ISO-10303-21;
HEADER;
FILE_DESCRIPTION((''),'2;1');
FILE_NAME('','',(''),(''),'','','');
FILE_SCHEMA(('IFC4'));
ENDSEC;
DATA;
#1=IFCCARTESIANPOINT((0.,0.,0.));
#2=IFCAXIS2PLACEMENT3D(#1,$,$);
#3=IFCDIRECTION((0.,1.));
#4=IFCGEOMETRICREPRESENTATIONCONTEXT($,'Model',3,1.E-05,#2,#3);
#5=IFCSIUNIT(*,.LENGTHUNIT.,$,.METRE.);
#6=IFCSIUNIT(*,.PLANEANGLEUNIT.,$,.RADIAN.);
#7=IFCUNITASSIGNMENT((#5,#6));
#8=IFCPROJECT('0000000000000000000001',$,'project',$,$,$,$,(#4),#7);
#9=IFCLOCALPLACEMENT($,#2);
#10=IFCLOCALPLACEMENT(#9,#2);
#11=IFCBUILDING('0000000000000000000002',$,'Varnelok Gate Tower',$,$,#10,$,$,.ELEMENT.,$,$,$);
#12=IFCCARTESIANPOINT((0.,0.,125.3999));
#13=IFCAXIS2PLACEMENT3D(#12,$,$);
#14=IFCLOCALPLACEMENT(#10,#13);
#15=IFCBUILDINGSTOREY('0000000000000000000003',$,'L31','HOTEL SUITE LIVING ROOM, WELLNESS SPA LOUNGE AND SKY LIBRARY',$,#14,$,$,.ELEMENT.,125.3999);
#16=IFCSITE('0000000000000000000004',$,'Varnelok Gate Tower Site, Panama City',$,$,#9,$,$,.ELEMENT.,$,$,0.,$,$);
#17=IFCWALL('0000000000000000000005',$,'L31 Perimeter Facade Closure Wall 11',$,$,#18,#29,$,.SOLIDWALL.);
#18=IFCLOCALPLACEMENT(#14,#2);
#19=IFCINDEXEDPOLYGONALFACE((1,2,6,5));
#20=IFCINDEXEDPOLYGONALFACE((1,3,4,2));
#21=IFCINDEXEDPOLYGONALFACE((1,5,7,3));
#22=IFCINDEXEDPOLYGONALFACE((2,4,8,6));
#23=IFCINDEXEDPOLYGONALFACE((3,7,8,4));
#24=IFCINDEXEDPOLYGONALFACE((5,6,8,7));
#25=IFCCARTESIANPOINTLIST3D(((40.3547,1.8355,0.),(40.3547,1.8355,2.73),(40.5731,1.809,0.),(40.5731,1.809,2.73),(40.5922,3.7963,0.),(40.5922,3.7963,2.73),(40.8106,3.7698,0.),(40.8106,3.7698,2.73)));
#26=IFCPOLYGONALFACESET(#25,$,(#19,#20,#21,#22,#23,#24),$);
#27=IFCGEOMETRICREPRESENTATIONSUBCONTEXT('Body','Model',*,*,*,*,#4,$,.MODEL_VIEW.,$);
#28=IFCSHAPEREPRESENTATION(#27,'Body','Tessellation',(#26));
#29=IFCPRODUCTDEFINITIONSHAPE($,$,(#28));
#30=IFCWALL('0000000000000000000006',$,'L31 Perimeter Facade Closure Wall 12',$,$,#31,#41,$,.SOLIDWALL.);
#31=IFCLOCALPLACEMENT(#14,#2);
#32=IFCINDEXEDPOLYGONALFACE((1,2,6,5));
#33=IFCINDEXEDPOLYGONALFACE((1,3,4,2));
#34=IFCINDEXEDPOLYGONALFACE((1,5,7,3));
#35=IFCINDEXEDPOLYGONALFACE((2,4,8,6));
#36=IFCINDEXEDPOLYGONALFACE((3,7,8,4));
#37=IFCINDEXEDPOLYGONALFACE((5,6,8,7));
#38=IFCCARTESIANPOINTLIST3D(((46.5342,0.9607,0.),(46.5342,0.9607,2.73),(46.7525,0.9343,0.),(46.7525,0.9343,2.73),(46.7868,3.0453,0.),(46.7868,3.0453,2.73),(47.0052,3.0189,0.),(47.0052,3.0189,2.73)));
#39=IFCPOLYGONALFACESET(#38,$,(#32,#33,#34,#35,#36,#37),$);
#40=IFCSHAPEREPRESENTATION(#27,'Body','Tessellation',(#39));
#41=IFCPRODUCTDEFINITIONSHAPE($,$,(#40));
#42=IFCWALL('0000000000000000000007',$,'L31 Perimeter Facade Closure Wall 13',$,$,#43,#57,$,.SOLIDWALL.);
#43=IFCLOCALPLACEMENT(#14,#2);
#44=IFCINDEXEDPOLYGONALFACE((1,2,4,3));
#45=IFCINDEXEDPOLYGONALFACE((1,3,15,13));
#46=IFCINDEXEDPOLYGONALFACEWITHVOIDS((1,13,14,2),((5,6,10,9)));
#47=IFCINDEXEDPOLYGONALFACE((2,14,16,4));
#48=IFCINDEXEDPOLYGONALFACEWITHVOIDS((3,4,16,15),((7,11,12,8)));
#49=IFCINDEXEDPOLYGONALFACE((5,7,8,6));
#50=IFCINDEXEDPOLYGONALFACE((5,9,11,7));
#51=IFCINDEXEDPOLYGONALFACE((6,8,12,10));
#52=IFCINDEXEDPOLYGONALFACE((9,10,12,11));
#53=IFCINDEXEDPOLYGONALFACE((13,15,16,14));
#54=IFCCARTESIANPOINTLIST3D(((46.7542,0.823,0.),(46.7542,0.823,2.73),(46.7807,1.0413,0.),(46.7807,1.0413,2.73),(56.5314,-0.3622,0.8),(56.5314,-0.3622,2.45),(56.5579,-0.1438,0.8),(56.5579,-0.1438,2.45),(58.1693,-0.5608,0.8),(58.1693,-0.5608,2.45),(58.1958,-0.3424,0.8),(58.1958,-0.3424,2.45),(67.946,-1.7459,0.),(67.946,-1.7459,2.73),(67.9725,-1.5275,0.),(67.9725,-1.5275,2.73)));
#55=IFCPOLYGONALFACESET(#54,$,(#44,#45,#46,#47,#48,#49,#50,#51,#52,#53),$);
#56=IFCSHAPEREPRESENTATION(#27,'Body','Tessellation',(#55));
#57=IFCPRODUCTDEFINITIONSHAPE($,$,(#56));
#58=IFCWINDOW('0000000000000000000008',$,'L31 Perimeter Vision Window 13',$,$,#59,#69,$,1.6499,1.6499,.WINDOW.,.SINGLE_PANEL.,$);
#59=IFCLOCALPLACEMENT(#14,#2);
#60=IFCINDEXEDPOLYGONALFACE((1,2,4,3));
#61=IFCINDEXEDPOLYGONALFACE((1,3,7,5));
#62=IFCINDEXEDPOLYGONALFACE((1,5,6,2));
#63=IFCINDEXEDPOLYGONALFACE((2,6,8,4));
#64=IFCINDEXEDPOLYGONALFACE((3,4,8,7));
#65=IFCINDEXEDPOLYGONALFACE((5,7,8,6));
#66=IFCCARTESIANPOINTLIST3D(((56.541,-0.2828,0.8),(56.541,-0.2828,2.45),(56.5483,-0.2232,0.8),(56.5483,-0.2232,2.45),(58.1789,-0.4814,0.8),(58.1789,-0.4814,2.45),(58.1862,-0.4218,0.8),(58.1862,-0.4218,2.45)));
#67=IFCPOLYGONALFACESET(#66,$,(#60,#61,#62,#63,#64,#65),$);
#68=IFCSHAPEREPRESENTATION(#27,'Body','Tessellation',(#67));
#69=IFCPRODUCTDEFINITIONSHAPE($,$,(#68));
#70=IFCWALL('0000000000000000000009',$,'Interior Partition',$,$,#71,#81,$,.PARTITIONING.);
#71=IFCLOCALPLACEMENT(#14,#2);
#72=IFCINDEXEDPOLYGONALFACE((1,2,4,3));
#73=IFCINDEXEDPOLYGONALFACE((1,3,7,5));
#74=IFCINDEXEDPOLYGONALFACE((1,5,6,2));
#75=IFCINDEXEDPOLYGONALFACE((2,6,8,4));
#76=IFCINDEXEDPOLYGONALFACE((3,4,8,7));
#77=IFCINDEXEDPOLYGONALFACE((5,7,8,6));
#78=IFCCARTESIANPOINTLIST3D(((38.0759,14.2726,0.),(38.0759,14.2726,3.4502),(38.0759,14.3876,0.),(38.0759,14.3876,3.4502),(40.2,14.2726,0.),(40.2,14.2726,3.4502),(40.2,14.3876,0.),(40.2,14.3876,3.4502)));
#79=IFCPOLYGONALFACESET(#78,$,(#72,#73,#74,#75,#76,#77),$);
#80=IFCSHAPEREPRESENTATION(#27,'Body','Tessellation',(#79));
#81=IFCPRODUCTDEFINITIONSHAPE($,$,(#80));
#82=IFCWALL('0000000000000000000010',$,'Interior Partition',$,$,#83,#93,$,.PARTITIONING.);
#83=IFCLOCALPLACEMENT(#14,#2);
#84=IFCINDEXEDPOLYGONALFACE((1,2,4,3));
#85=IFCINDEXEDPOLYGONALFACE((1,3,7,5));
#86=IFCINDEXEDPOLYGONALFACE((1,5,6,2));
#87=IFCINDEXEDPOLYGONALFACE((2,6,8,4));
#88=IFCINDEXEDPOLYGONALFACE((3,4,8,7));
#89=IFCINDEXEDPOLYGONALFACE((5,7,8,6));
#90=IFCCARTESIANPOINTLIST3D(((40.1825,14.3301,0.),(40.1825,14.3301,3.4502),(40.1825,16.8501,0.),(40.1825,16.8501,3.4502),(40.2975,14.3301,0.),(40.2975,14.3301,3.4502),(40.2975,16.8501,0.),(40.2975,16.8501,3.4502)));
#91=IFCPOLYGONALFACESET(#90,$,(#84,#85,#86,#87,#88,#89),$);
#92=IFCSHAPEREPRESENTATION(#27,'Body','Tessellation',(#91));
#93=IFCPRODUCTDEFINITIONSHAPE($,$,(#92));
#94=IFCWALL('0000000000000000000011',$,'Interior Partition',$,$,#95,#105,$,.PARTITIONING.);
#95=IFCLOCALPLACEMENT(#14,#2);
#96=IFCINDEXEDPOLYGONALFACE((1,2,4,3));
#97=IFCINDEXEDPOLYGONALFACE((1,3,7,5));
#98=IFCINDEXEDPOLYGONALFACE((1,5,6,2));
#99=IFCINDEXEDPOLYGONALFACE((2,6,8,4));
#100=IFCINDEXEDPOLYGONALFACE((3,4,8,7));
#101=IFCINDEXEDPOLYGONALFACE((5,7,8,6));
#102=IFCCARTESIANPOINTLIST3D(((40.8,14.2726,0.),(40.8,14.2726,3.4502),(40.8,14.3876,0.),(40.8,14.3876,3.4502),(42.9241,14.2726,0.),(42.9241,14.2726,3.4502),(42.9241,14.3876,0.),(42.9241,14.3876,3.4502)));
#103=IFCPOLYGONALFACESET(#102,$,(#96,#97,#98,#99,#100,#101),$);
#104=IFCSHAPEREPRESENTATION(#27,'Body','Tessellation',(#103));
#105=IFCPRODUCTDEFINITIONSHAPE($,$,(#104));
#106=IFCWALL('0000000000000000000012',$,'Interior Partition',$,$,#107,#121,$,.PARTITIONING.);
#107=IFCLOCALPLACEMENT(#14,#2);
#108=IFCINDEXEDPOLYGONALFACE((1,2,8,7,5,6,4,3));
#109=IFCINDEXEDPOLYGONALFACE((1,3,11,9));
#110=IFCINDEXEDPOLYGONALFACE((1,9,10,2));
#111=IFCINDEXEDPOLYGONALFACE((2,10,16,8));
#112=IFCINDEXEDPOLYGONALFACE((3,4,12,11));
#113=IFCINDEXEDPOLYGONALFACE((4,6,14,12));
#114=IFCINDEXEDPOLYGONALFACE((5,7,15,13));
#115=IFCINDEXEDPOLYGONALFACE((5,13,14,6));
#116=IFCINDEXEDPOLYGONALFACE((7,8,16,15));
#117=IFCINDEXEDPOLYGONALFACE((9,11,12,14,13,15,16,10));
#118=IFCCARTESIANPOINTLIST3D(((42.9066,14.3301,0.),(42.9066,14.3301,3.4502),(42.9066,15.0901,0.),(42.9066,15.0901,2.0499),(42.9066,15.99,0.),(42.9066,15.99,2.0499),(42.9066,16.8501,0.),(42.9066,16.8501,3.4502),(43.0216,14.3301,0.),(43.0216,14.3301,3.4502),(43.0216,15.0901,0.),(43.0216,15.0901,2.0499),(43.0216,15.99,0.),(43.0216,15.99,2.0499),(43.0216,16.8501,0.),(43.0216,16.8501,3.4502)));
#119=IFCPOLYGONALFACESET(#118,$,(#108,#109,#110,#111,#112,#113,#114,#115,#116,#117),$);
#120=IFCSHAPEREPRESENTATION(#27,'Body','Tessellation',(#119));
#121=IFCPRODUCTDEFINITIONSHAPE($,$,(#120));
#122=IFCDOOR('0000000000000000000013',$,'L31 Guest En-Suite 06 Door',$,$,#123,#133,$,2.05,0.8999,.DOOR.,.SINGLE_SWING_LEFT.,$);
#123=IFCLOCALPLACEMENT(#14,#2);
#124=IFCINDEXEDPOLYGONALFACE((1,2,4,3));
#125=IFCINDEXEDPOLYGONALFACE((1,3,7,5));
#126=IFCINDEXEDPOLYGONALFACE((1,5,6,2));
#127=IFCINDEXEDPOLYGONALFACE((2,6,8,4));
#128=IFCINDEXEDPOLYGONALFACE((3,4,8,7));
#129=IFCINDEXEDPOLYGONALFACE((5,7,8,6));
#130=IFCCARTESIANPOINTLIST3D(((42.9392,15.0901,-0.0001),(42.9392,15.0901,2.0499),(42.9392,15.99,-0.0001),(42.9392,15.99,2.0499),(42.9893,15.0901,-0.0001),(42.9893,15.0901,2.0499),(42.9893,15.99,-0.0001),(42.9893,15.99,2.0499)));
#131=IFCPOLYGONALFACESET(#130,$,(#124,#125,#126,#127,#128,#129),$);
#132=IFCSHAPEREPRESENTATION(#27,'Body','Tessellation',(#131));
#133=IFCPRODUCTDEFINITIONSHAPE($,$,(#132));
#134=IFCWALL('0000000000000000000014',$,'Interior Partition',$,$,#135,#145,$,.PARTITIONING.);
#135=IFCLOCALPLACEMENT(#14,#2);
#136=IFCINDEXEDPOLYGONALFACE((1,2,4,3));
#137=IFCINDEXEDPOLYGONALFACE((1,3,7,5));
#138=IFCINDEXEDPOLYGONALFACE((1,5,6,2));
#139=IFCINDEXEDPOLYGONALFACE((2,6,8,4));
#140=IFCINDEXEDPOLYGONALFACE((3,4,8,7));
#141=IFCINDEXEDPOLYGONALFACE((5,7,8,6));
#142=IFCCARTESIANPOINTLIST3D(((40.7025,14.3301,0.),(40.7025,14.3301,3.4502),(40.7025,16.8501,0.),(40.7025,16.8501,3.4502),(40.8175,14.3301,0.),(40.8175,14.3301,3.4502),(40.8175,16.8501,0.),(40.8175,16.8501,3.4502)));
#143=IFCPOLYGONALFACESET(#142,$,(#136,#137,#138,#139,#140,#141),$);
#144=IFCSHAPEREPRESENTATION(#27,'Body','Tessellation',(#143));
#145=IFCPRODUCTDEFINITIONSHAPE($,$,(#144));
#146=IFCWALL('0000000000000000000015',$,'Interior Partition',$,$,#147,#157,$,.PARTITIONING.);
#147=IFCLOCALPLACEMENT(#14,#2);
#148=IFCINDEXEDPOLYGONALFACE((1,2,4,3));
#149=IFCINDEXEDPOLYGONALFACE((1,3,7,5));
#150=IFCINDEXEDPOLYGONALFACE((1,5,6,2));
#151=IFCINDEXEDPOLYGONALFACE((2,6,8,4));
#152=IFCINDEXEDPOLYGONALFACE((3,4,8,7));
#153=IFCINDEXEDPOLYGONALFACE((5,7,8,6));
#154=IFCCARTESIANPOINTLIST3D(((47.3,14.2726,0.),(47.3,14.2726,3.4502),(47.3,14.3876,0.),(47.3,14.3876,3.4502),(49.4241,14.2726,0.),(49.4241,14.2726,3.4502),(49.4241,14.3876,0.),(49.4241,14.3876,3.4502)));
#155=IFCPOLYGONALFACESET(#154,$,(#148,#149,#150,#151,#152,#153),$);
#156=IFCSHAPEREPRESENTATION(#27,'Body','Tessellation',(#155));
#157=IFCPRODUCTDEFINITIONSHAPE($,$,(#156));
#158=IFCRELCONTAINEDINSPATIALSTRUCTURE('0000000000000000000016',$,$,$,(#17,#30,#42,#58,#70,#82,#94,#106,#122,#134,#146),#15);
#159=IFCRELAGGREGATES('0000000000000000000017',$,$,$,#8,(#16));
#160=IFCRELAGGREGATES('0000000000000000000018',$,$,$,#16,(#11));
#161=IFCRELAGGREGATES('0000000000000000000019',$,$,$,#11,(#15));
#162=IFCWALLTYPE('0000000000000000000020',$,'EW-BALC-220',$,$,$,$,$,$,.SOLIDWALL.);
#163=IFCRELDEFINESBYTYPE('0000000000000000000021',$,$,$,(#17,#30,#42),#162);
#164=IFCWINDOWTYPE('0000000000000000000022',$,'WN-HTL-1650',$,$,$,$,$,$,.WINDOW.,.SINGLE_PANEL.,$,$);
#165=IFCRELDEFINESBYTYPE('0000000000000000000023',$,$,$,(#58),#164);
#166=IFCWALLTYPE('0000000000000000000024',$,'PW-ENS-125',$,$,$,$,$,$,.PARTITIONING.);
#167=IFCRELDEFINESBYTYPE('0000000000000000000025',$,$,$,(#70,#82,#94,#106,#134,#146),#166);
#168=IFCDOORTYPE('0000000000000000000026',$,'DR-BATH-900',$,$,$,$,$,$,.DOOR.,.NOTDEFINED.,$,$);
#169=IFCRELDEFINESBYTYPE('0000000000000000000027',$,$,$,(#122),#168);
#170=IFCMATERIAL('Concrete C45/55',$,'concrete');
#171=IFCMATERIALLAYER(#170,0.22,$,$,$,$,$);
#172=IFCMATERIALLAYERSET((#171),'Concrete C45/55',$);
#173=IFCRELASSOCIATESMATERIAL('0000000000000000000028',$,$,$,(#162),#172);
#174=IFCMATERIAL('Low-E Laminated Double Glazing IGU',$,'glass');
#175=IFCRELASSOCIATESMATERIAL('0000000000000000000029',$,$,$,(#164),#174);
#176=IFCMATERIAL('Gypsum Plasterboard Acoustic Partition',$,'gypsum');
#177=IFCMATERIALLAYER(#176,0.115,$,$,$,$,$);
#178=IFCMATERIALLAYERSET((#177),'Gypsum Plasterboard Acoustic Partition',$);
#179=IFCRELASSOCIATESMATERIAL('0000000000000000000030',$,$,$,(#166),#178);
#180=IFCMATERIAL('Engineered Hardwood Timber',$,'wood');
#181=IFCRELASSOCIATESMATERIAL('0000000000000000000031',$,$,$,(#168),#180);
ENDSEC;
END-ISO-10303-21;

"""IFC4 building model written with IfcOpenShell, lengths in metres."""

from ifc_helpers import new_model, si_unit, direction, frame, frame_2d, origin, place, context, subcontext, project, spatial, rectangle, extrude, material, layer, layer_set, type_object, element, fill, save


model = new_model("IFC4")

# Units and contexts
model_context = context("Model", 3, precision=1e-05, world=origin(), true_north=direction((0.0, 1.0)))
body_context = subcontext(model_context, "Body", "Model", "MODEL_VIEW")
ifc_project = project(units=[si_unit("LENGTHUNIT", "METRE"), si_unit("PLANEANGLEUNIT", "RADIAN")], contexts=[model_context])

# Site, building, storey
site_placement = place(None, origin())
site = spatial("IfcSite", under=ifc_project, at=site_placement, Name="Varnelok Gate Tower Site, Panama City", CompositionType="ELEMENT", RefElevation=0.0)
building_placement = place(site_placement, origin())
building = spatial("IfcBuilding", under=site, at=building_placement, Name="Varnelok Gate Tower", CompositionType="ELEMENT")
storey_placement = place(building_placement, frame((0.0, 0.0, 125.3999)))
storey = spatial("IfcBuildingStorey", under=building, at=storey_placement, Name="L31", Description="HOTEL SUITE LIVING ROOM, WELLNESS SPA LOUNGE AND SKY LIBRARY", CompositionType="ELEMENT", Elevation=125.3999)

# Shared definitions
ifc_material_1 = material(Name="Concrete C45/55", Category="concrete")
ifc_layer_1 = layer(ifc_material_1, 0.22)
ifc_layer_set_1 = layer_set([ifc_layer_1], Name="Concrete C45/55")
wall_type_1 = type_object("IfcWallType", Name="EW-BALC-220", PredefinedType="SOLIDWALL", material=ifc_layer_set_1)

# Walls
wall_1_placement = place(storey_placement, frame((40.4639, 1.8223, 0.0), z_axis=(0.0, 0.0, 1.0), x_axis=(0.120276, 0.99274, 0.0)))
element("IfcWall", 1, at=wall_1_placement, inside=storey, type_object=wall_type_1, Name="L31 Perimeter Facade Closure Wall 11", PredefinedType="SOLIDWALL", context=body_context, shape_type="SweptSolid", body=[
    extrude(rectangle(XDim=1.9751, YDim=0.22, at=frame_2d((0.9875, 0.0))), origin(), (0.0, 0.0, 1.0), 2.73),
])
wall_2_placement = place(storey_placement, frame((46.896, 3.032, 0.0), z_axis=(0.0, 0.0, 1.0), x_axis=(-0.120328, -0.992734, 0.0)))
element("IfcWall", 2, at=wall_2_placement, inside=storey, type_object=wall_type_1, Name="L31 Perimeter Facade Closure Wall 12", PredefinedType="SOLIDWALL", context=body_context, shape_type="SweptSolid", body=[
    extrude(rectangle(XDim=2.0999, YDim=0.22, at=frame_2d((1.0498, 0.0))), origin(), (0.0, 0.0, 1.0), 2.73),
])

# Wall, opening, window
wall_3_placement = place(storey_placement, frame((46.7676, 0.9321, 0.0), z_axis=(0.0, 0.0, 1.0), x_axis=(0.992733, -0.120338, 0.0)))
wall_3 = element("IfcWall", 3, at=wall_3_placement, inside=storey, type_object=wall_type_1, Name="L31 Perimeter Facade Closure Wall 13", PredefinedType="SOLIDWALL", context=body_context, shape_type="SweptSolid", body=[
    extrude(rectangle(XDim=21.3469, YDim=0.22, at=frame_2d((10.6733, 0.0))), origin(), (0.0, 0.0, 1.0), 2.73),
])
opening_1_placement = place(wall_3_placement, frame((9.8486, 0.0, 0.8)))
opening_1 = element("IfcOpeningElement", 4, at=opening_1_placement, cuts=wall_3, PredefinedType="OPENING", context=body_context, shape_type="SweptSolid", body=[
    extrude(rectangle(XDim=1.6499, YDim=1.6499, at=frame_2d((0.825, 0.825))), frame((0.0, 0.1199, 0.0), z_axis=(0.0, -1.0, 0.0), x_axis=(1.0, 0.0, 0.0)), (0.0, 0.0, 1.0), 0.24),
])
ifc_material_2 = material(Name="Low-E Laminated Double Glazing IGU", Category="glass")
window_type = type_object("IfcWindowType", Name="WN-HTL-1650", PartitioningType="SINGLE_PANEL", PredefinedType="WINDOW", material=ifc_material_2)
window_placement = place(opening_1_placement, origin())
window = element("IfcWindow", 5, at=window_placement, inside=storey, type_object=window_type, Name="L31 Perimeter Vision Window 13", OverallHeight=1.6499, OverallWidth=1.6499, PartitioningType="SINGLE_PANEL", PredefinedType="WINDOW", context=body_context, shape_type="SweptSolid", body=[
    extrude(rectangle(XDim=1.6499, YDim=1.6499, at=frame_2d((0.825, 0.825))), frame((0.0, 0.03, 0.0), z_axis=(0.0, -1.0, 0.0), x_axis=(1.0, 0.0, 0.0)), (0.0, 0.0, 1.0), 0.0601),
])
fill(opening_1, window)

# Walls
ifc_material_3 = material(Name="Gypsum Plasterboard Acoustic Partition", Category="gypsum")
ifc_layer_2 = layer(ifc_material_3, 0.115)
ifc_layer_set_2 = layer_set([ifc_layer_2], Name="Gypsum Plasterboard Acoustic Partition")
wall_type_2 = type_object("IfcWallType", Name="PW-ENS-125", PredefinedType="PARTITIONING", material=ifc_layer_set_2)
wall_4_placement = place(storey_placement, frame((38.0759, 14.3301, 0.0), z_axis=(0.0, 0.0, 1.0), x_axis=(1.0, 0.0, 0.0)))
element("IfcWall", 6, at=wall_4_placement, inside=storey, type_object=wall_type_2, Name="Interior Partition", PredefinedType="PARTITIONING", context=body_context, shape_type="SweptSolid", body=[
    extrude(rectangle(XDim=2.124, YDim=0.115, at=frame_2d((1.062, 0.0))), origin(), (0.0, 0.0, 1.0), 3.4502),
])
wall_5_placement = place(storey_placement, frame((40.24, 14.3301, 0.0), z_axis=(0.0, 0.0, 1.0), x_axis=(0.0, 1.0, 0.0)))
element("IfcWall", 7, at=wall_5_placement, inside=storey, type_object=wall_type_2, Name="Interior Partition", PredefinedType="PARTITIONING", context=body_context, shape_type="SweptSolid", body=[
    extrude(rectangle(XDim=2.52, YDim=0.115, at=frame_2d((1.26, 0.0))), origin(), (0.0, 0.0, 1.0), 3.4502),
])
wall_6_placement = place(storey_placement, frame((40.8, 14.3301, 0.0), z_axis=(0.0, 0.0, 1.0), x_axis=(1.0, 0.0, 0.0)))
element("IfcWall", 8, at=wall_6_placement, inside=storey, type_object=wall_type_2, Name="Interior Partition", PredefinedType="PARTITIONING", context=body_context, shape_type="SweptSolid", body=[
    extrude(rectangle(XDim=2.124, YDim=0.115, at=frame_2d((1.062, 0.0))), origin(), (0.0, 0.0, 1.0), 3.4502),
])

# Wall, opening, door
wall_7_placement = place(storey_placement, frame((42.9641, 14.3301, 0.0), z_axis=(0.0, 0.0, 1.0), x_axis=(0.0, 1.0, 0.0)))
wall_7 = element("IfcWall", 9, at=wall_7_placement, inside=storey, type_object=wall_type_2, Name="Interior Partition", PredefinedType="PARTITIONING", context=body_context, shape_type="SweptSolid", body=[
    extrude(rectangle(XDim=2.52, YDim=0.115, at=frame_2d((1.26, 0.0))), origin(), (0.0, 0.0, 1.0), 3.4502),
])
opening_2_placement = place(wall_7_placement, frame((0.76, 0.0, 0.0)))
opening_2 = element("IfcOpeningElement", 10, at=opening_2_placement, cuts=wall_7, PredefinedType="OPENING", context=body_context, shape_type="SweptSolid", body=[
    extrude(rectangle(XDim=0.8999, YDim=2.05, at=frame_2d((0.45, 1.0249))), frame((0.0, 0.0674, 0.0), z_axis=(0.0, -1.0, 0.0), x_axis=(1.0, 0.0, 0.0)), (0.0, 0.0, 1.0), 0.135),
])
ifc_material_4 = material(Name="Engineered Hardwood Timber", Category="wood")
door_type_1 = type_object("IfcDoorType", Name="DR-BATH-900", OperationType="NOTDEFINED", PredefinedType="DOOR", material=ifc_material_4)
door_1_placement = place(opening_2_placement, origin())
door_1 = element("IfcDoor", 11, at=door_1_placement, inside=storey, type_object=door_type_1, Name="L31 Guest En-Suite 06 Door", OperationType="SINGLE_SWING_LEFT", OverallHeight=2.05, OverallWidth=0.8999, PredefinedType="DOOR", context=body_context, shape_type="SweptSolid", body=[
    extrude(rectangle(XDim=0.8999, YDim=2.05, at=frame_2d((0.45, 1.0249))), frame((0.0, 0.0249, 0.0), z_axis=(0.0, -1.0, 0.0), x_axis=(1.0, 0.0, 0.0)), (0.0, 0.0, 1.0), 0.05),
])
fill(opening_2, door_1)

# Walls
wall_8_placement = place(storey_placement, frame((40.76, 14.3301, 0.0), z_axis=(0.0, 0.0, 1.0), x_axis=(0.0, 1.0, 0.0)))
element("IfcWall", 12, at=wall_8_placement, inside=storey, type_object=wall_type_2, Name="Interior Partition", PredefinedType="PARTITIONING", context=body_context, shape_type="SweptSolid", body=[
    extrude(rectangle(XDim=2.52, YDim=0.115, at=frame_2d((1.26, 0.0))), origin(), (0.0, 0.0, 1.0), 3.4502),
])
wall_9_placement = place(storey_placement, frame((47.3, 14.3301, 0.0), z_axis=(0.0, 0.0, 1.0), x_axis=(1.0, 0.0, 0.0)))
element("IfcWall", 13, at=wall_9_placement, inside=storey, type_object=wall_type_2, Name="Interior Partition", PredefinedType="PARTITIONING", context=body_context, shape_type="SweptSolid", body=[
    extrude(rectangle(XDim=2.124, YDim=0.115, at=frame_2d((1.062, 0.0))), origin(), (0.0, 0.0, 1.0), 3.4502),
])

save(model, "model.ifc")
